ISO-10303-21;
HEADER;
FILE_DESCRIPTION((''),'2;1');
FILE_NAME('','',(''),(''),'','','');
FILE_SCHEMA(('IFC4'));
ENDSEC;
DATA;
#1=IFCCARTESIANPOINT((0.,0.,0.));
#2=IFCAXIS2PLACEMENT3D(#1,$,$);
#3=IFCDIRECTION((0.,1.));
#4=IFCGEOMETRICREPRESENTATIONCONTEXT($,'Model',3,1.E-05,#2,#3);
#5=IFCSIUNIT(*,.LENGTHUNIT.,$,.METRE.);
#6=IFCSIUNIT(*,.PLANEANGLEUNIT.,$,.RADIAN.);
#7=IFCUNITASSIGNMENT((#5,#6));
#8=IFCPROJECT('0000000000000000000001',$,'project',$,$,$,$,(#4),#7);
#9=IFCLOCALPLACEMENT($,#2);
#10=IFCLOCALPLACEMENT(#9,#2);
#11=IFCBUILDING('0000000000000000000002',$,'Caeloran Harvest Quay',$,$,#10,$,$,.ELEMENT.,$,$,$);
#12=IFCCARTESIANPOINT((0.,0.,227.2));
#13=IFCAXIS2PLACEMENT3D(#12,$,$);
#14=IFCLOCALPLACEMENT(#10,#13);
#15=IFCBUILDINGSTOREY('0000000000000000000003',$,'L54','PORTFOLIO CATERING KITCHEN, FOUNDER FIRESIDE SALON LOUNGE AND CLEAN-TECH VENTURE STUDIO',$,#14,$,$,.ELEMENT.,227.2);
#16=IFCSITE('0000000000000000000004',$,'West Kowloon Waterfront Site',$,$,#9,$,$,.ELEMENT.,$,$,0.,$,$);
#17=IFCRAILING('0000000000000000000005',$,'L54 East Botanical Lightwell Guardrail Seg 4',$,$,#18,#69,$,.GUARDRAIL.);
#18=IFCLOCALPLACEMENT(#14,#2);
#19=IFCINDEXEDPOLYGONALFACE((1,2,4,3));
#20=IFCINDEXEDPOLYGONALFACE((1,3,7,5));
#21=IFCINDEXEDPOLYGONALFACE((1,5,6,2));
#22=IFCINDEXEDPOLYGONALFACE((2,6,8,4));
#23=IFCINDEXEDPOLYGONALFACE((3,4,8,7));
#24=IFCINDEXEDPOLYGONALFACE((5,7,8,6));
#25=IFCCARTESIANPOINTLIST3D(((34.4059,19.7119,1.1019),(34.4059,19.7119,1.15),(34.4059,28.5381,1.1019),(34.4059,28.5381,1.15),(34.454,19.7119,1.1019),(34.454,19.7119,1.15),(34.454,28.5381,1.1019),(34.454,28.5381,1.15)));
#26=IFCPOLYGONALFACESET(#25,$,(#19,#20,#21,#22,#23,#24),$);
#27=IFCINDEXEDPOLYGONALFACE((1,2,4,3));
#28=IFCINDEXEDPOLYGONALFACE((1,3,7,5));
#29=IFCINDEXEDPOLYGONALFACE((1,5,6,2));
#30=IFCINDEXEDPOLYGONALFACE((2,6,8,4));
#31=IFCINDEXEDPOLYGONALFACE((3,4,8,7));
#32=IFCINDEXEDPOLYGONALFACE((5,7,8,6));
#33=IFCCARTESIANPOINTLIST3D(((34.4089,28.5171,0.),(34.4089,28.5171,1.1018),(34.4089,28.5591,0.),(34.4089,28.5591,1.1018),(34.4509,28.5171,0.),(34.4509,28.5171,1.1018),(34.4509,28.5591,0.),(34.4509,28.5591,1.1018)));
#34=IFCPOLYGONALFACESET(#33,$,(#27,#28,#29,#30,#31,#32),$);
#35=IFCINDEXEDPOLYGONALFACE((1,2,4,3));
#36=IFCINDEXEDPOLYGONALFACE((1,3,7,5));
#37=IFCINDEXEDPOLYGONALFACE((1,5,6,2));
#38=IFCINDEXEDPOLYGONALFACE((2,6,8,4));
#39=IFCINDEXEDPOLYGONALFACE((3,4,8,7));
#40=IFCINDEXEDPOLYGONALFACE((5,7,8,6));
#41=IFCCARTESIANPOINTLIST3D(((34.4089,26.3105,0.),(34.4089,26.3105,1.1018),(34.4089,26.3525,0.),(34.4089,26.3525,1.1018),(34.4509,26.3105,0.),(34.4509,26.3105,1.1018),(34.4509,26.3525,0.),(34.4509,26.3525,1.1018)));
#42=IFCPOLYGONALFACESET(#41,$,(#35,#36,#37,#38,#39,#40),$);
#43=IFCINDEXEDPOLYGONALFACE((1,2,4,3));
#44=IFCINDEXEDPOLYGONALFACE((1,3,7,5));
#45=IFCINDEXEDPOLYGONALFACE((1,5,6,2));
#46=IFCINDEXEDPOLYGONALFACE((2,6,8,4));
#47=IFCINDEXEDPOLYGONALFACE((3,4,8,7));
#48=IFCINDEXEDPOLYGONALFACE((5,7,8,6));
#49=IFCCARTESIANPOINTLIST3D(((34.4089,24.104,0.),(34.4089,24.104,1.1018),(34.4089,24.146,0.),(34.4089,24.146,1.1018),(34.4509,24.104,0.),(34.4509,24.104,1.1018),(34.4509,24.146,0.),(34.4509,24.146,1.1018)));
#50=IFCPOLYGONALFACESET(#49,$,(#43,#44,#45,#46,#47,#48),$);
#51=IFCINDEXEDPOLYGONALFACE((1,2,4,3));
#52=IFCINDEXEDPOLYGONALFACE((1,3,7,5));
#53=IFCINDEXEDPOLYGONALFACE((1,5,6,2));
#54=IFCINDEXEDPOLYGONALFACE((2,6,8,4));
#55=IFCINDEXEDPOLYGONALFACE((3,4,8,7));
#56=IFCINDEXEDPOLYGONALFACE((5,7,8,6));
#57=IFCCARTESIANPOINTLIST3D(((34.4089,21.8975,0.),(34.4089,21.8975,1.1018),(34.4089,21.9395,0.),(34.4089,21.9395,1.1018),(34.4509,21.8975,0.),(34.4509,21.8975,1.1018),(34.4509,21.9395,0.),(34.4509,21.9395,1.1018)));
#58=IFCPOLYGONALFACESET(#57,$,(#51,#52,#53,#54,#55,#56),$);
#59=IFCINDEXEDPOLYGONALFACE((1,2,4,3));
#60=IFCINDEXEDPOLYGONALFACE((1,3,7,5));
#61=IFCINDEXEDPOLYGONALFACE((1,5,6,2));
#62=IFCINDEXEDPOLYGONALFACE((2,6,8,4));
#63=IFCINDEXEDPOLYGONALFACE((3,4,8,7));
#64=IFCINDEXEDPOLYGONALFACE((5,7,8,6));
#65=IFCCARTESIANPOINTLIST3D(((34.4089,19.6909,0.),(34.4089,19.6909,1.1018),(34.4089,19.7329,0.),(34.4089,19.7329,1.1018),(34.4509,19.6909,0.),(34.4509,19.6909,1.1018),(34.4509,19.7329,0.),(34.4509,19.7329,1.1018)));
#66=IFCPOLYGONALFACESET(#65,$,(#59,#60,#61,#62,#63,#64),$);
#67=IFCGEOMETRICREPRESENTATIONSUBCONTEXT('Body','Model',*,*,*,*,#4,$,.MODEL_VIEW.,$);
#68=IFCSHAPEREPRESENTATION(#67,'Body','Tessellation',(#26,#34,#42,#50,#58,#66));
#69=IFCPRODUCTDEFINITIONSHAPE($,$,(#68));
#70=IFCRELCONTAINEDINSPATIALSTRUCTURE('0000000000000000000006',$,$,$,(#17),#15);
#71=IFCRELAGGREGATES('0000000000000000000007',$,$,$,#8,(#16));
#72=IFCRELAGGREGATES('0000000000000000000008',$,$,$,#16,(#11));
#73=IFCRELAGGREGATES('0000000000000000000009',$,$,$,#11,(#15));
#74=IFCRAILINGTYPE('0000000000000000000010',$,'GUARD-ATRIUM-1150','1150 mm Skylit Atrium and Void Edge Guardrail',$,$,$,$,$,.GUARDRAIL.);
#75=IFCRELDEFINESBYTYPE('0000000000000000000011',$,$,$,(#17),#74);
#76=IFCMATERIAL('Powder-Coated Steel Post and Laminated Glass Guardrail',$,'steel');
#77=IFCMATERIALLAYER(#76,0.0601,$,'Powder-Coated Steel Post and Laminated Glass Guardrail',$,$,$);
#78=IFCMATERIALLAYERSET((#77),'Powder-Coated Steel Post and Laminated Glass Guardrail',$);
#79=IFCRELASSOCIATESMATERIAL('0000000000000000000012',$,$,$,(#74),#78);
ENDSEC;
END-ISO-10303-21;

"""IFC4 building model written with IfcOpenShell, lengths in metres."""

from ifc_helpers import new_model, si_unit, direction, frame, origin, origin_2d, place, context, subcontext, project, spatial, rectangle, extrude, material, layer, layer_set, type_object, element, save


model = new_model("IFC4")

# Units and contexts
model_context = context("Model", 3, precision=1e-05, world=origin(), true_north=direction((0.0, 1.0)))
body_context = subcontext(model_context, "Body", "Model", "MODEL_VIEW")
ifc_project = project(units=[si_unit("LENGTHUNIT", "METRE"), si_unit("PLANEANGLEUNIT", "RADIAN")], contexts=[model_context])

# Site, building, storey
site_placement = place(None, origin())
site = spatial("IfcSite", under=ifc_project, at=site_placement, Name="West Kowloon Waterfront Site", CompositionType="ELEMENT", RefElevation=0.0)
building_placement = place(site_placement, origin())
building = spatial("IfcBuilding", under=site, at=building_placement, Name="Caeloran Harvest Quay", CompositionType="ELEMENT")
storey_placement = place(building_placement, frame((0.0, 0.0, 227.2)))
storey = spatial("IfcBuildingStorey", under=building, at=storey_placement, Name="L54", Description="PORTFOLIO CATERING KITCHEN, FOUNDER FIRESIDE SALON LOUNGE AND CLEAN-TECH VENTURE STUDIO", CompositionType="ELEMENT", Elevation=227.2)

# Railing
ifc_material_1 = material(Name="Powder-Coated Steel Post and Laminated Glass Guardrail", Category="steel")
ifc_layer_1 = layer(ifc_material_1, 0.0601, Name="Powder-Coated Steel Post and Laminated Glass Guardrail")
ifc_layer_set_1 = layer_set([ifc_layer_1], Name="Powder-Coated Steel Post and Laminated Glass Guardrail")
railing_type = type_object("IfcRailingType", Name="GUARD-ATRIUM-1150", Description="1150 mm Skylit Atrium and Void Edge Guardrail", PredefinedType="GUARDRAIL", material=ifc_layer_set_1)
railing_1_placement = place(storey_placement, frame((34.4299, 28.5381, 0.0)))
element("IfcRailing", 1, at=railing_1_placement, inside=storey, type_object=railing_type, Name="L54 East Botanical Lightwell Guardrail Seg 4", PredefinedType="GUARDRAIL", context=body_context, shape_type="SweptSolid", body=[
    extrude(rectangle(XDim=0.0481, YDim=0.0481, at=origin_2d()), frame((0.0, 0.0, 1.126), z_axis=(0.0, -1.0, 0.0), x_axis=(1.0, 0.0, 0.0)), (0.0, 0.0, 1.0), 8.8262),
    extrude(rectangle(XDim=0.042, YDim=0.042, at=origin_2d()), origin(), (0.0, 0.0, 1.0), 1.1018),
    extrude(rectangle(XDim=0.042, YDim=0.042, at=origin_2d()), frame((0.0, -2.2065, 0.0)), (0.0, 0.0, 1.0), 1.1018),
    extrude(rectangle(XDim=0.042, YDim=0.042, at=origin_2d()), frame((0.0, -4.4131, 0.0)), (0.0, 0.0, 1.0), 1.1018),
    extrude(rectangle(XDim=0.042, YDim=0.042, at=origin_2d()), frame((0.0, -6.6196, 0.0)), (0.0, 0.0, 1.0), 1.1018),
    extrude(rectangle(XDim=0.042, YDim=0.042, at=origin_2d()), frame((0.0, -8.8262, 0.0)), (0.0, 0.0, 1.0), 1.1018),
])

save(model, "model.ifc")
